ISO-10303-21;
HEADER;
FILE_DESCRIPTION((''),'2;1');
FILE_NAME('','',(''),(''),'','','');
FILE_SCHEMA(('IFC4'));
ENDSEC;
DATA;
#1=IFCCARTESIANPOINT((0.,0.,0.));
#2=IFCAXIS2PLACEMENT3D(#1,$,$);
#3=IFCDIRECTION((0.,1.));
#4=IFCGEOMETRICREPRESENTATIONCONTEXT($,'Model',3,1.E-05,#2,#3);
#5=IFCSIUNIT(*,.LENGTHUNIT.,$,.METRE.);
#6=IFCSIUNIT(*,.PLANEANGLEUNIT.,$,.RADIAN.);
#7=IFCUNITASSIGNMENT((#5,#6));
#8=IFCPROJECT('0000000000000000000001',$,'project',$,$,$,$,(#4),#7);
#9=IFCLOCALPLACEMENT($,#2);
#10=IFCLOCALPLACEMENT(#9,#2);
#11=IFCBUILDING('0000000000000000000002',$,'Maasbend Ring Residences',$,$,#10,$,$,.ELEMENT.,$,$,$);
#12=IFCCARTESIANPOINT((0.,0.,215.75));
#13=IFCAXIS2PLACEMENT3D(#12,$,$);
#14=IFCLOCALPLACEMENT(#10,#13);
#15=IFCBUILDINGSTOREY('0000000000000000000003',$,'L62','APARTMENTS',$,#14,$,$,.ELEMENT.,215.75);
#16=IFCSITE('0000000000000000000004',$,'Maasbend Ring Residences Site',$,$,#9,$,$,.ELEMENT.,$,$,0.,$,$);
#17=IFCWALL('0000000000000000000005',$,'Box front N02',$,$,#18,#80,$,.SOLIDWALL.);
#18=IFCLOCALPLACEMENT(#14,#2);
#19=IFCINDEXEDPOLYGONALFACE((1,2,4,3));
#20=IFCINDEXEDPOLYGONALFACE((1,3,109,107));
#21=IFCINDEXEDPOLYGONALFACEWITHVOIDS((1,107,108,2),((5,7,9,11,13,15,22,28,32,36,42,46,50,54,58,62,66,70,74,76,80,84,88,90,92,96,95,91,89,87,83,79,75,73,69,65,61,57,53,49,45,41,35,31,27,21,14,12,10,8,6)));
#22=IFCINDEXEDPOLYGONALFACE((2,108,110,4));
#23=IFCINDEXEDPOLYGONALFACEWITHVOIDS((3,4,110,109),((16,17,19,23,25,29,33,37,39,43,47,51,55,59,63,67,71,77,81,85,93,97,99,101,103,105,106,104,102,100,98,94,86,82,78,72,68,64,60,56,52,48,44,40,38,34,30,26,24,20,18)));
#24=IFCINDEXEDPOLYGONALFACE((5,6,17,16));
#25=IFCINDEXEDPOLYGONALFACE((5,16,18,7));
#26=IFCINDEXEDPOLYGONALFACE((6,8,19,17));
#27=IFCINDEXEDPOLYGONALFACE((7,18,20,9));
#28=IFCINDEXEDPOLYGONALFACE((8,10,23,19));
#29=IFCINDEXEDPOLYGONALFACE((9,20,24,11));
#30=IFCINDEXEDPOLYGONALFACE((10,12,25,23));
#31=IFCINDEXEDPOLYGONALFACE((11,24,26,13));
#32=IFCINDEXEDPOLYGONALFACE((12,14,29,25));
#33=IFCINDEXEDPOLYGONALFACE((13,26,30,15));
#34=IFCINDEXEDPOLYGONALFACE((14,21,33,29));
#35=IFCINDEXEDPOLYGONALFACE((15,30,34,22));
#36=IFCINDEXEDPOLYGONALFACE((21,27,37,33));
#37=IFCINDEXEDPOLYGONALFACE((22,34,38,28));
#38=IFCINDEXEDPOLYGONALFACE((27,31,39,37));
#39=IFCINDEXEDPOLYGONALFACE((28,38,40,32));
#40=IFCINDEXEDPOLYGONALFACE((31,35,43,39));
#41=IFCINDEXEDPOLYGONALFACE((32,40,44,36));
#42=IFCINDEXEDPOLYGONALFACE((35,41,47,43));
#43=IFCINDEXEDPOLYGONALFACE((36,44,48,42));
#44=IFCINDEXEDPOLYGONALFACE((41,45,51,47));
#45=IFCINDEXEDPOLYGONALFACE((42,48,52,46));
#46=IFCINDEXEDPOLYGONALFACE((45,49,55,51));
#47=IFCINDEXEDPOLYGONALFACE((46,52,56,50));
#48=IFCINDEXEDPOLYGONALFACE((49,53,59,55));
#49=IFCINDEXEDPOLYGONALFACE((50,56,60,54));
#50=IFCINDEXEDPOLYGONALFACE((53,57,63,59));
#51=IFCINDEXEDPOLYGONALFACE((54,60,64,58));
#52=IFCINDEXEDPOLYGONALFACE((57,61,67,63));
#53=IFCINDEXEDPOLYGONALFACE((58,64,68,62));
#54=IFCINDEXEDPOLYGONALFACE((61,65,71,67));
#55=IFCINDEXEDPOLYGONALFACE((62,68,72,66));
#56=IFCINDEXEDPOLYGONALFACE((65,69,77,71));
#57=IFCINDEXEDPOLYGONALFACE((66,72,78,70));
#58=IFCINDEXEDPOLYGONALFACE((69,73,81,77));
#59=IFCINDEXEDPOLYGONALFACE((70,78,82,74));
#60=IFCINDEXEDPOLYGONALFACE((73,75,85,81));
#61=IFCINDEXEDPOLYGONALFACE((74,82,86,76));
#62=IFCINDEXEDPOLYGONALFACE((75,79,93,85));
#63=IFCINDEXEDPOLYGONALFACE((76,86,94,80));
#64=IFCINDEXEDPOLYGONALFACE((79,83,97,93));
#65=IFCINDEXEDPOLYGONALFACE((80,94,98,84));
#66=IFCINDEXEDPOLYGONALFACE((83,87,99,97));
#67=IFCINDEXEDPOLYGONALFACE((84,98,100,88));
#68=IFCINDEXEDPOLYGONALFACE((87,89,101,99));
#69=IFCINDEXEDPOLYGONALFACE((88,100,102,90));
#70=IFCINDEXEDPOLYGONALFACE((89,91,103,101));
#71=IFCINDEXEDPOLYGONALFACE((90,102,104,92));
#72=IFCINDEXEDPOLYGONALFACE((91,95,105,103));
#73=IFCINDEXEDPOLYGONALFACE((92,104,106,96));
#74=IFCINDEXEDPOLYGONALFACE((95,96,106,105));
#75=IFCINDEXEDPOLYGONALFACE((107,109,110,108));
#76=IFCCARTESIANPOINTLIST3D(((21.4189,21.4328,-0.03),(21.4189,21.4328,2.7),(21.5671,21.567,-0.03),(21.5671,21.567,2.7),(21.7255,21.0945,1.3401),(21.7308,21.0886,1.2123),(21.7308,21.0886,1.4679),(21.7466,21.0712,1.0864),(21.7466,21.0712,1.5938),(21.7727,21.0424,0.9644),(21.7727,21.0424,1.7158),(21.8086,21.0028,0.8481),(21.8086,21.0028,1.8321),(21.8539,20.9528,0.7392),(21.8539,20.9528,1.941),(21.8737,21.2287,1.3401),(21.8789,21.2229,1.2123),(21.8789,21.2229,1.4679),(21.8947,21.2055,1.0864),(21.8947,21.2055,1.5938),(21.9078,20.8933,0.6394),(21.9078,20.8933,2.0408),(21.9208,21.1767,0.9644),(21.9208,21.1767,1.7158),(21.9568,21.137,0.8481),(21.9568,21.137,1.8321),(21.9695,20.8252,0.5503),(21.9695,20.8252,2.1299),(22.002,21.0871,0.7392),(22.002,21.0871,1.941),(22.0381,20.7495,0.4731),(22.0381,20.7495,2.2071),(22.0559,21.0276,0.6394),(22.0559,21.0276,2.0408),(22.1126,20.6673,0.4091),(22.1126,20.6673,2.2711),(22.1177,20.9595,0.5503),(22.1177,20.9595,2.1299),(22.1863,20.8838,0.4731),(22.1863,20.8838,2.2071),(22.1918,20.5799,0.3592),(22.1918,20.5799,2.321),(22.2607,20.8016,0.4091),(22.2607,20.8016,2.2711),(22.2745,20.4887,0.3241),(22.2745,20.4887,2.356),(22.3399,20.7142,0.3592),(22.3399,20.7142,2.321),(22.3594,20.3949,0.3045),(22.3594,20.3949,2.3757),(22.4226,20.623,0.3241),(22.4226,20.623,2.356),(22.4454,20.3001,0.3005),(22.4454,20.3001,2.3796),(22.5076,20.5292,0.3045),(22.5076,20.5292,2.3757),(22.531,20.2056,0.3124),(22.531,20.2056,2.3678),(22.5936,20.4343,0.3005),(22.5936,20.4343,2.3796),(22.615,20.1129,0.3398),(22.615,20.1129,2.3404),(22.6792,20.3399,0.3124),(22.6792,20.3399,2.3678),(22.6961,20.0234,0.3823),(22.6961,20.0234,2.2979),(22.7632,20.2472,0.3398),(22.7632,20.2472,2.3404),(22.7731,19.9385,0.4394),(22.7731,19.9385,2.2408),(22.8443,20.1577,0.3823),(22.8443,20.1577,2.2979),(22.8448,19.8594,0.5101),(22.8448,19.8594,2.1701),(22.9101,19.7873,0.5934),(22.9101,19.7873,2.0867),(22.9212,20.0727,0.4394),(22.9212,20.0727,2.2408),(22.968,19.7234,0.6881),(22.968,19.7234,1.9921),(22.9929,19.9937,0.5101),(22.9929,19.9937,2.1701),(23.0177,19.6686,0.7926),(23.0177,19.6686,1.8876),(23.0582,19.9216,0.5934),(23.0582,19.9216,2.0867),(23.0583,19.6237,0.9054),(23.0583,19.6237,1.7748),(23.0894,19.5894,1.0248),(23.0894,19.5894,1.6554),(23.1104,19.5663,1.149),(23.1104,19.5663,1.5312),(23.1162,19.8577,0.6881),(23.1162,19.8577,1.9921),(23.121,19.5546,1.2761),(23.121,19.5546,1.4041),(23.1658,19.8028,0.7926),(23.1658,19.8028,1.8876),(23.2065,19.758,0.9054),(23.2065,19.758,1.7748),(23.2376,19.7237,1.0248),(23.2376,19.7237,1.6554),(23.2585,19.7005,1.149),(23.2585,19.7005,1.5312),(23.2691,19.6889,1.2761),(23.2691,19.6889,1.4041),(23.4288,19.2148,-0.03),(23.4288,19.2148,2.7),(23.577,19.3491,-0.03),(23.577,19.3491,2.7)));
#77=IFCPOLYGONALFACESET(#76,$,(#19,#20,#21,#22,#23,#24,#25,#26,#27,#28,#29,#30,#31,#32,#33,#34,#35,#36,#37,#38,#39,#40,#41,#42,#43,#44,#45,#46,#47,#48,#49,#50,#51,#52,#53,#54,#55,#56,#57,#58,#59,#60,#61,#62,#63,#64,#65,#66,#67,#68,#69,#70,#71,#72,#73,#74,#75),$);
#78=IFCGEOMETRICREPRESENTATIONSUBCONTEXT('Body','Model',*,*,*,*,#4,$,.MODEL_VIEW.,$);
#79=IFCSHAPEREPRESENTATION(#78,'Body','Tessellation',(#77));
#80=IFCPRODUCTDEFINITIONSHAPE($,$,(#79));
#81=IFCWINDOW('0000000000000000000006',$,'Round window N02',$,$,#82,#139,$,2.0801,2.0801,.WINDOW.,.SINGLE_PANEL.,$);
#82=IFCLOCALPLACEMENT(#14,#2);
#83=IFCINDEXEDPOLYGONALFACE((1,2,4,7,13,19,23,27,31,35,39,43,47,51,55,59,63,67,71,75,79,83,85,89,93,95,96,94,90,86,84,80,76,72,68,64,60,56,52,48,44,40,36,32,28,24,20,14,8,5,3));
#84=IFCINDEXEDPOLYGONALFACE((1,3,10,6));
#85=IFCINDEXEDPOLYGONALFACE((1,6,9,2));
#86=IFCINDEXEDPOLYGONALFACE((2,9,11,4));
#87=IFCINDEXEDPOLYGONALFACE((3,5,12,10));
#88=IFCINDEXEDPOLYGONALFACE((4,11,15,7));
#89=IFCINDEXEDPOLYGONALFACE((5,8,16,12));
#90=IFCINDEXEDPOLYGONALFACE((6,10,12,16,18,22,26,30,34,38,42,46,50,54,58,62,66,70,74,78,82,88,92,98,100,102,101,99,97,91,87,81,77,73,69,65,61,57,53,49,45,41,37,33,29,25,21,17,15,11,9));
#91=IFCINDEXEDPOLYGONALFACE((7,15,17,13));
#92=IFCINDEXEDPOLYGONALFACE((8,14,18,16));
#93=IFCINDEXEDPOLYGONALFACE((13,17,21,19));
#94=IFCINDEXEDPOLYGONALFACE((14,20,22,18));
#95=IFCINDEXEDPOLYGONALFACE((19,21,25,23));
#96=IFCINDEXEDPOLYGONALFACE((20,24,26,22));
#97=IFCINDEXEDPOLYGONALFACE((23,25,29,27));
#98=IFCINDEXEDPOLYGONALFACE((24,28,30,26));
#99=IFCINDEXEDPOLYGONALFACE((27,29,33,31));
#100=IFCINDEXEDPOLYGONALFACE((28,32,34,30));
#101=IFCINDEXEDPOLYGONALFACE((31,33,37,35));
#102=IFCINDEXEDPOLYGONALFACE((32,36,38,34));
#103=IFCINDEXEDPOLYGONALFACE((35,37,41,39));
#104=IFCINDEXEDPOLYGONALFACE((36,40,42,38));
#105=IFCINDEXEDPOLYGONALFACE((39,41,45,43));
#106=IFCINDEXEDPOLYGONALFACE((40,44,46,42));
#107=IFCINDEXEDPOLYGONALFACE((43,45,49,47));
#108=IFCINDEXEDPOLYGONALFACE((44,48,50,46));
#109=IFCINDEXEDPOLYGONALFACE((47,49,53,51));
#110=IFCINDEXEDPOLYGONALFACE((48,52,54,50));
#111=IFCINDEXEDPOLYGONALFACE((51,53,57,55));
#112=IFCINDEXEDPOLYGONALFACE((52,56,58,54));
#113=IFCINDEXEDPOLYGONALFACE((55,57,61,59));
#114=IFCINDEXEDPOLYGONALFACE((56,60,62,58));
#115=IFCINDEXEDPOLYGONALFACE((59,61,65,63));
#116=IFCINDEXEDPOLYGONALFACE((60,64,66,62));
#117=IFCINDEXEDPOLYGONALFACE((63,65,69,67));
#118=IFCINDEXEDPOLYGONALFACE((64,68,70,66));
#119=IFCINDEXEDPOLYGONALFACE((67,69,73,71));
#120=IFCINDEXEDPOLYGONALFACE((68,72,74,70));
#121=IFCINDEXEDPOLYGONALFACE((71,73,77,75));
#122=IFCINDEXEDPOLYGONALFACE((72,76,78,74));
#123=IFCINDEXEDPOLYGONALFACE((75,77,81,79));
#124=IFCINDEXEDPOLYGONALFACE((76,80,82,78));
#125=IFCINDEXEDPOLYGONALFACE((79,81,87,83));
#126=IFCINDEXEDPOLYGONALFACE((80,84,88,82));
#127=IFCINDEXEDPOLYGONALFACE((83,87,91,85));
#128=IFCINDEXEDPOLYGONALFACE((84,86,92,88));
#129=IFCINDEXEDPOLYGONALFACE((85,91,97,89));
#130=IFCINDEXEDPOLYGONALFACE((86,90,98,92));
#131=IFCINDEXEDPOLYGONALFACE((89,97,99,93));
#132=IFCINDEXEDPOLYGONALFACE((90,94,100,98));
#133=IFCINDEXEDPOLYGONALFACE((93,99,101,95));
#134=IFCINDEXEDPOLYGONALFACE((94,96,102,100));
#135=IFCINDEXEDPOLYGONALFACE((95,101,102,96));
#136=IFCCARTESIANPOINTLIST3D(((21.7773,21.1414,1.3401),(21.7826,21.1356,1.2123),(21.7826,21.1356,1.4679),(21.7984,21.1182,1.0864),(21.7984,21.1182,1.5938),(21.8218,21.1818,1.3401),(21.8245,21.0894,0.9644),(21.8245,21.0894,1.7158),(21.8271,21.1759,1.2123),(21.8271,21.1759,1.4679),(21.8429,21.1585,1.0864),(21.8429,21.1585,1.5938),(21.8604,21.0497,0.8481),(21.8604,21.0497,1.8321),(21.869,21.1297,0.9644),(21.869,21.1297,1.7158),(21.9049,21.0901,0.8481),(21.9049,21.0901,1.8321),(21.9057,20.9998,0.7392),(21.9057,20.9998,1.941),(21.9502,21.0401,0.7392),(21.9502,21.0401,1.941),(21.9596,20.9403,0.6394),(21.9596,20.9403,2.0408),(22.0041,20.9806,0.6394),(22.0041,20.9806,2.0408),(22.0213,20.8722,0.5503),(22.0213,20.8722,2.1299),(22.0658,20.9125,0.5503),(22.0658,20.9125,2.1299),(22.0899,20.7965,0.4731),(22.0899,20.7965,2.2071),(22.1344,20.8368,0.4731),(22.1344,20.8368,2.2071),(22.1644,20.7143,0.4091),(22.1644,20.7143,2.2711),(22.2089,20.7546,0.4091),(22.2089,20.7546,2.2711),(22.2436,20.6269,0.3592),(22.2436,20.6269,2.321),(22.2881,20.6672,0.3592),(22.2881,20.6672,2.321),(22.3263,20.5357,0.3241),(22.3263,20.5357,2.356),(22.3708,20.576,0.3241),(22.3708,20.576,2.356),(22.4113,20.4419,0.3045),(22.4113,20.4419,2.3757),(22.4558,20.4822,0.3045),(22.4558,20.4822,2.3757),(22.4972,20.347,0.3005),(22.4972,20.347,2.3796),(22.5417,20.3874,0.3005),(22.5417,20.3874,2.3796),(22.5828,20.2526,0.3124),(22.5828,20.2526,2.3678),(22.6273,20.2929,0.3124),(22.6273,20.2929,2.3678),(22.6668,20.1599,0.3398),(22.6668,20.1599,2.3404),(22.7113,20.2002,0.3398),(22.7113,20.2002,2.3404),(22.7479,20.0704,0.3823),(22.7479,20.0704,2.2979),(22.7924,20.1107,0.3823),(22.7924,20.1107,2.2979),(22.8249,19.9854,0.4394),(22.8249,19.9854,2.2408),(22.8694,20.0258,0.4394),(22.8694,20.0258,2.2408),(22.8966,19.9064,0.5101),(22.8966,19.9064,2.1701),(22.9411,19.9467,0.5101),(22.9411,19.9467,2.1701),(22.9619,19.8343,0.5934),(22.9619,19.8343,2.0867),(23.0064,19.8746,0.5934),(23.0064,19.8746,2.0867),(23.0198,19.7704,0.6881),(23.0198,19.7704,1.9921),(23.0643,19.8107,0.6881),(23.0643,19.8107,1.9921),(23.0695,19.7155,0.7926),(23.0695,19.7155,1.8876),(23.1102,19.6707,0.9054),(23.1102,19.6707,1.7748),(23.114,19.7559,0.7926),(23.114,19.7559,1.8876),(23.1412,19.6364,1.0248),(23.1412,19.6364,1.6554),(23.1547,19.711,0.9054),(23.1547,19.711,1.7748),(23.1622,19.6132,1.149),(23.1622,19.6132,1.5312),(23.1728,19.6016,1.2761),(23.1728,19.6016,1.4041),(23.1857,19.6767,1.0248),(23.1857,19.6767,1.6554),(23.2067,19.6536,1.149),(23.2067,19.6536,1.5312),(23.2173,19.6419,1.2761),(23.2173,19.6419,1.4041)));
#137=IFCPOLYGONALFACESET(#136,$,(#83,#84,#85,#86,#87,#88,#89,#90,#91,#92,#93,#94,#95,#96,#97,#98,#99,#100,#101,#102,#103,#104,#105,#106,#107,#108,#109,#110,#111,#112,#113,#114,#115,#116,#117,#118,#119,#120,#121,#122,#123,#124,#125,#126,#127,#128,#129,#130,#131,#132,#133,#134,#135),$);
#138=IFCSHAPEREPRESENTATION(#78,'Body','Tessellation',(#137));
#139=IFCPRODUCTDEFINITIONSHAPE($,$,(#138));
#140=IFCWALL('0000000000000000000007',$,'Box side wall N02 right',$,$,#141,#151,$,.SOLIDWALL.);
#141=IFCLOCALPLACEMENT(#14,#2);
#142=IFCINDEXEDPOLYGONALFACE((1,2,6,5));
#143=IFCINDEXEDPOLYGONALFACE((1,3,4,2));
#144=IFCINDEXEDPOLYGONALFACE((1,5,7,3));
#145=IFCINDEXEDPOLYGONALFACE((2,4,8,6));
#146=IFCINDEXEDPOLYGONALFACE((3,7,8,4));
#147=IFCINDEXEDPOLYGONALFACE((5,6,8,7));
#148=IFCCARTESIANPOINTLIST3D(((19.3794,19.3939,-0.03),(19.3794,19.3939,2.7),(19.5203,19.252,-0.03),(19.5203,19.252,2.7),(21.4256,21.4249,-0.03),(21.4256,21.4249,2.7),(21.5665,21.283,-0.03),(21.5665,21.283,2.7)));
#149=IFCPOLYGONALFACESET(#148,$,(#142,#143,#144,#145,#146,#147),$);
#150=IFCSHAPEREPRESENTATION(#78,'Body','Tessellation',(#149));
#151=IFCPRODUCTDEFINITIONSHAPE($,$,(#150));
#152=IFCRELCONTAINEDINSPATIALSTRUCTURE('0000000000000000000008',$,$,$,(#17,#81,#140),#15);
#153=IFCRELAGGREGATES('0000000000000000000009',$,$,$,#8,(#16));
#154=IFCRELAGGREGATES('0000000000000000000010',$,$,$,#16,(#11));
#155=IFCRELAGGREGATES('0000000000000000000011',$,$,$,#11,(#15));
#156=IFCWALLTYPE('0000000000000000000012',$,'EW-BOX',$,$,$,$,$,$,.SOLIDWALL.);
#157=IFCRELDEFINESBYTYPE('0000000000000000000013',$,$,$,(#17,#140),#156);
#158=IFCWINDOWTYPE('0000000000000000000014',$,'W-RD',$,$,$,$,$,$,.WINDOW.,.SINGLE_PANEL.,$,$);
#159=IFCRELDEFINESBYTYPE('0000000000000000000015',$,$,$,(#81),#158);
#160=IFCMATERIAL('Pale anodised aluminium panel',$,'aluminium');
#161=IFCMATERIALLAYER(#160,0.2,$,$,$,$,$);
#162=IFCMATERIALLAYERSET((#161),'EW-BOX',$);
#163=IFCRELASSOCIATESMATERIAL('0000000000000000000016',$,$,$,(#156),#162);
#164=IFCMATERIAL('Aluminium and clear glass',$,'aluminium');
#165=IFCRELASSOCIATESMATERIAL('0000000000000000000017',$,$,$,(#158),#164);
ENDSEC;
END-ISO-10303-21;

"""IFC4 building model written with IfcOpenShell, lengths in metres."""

from ifc_helpers import new_model, si_unit, direction, frame, frame_2d, origin, place, context, subcontext, project, spatial, rectangle, circle, extrude, material, layer, layer_set, type_object, element, fill, save


model = new_model("IFC4")

# Units and contexts
model_context = context("Model", 3, precision=1e-05, world=origin(), true_north=direction((0.0, 1.0)))
body_context = subcontext(model_context, "Body", "Model", "MODEL_VIEW")
ifc_project = project(units=[si_unit("LENGTHUNIT", "METRE"), si_unit("PLANEANGLEUNIT", "RADIAN")], contexts=[model_context])

# Site, building, storey
site_placement = place(None, origin())
site = spatial("IfcSite", under=ifc_project, at=site_placement, Name="Maasbend Ring Residences Site", CompositionType="ELEMENT", RefElevation=0.0)
building_placement = place(site_placement, origin())
building = spatial("IfcBuilding", under=site, at=building_placement, Name="Maasbend Ring Residences", CompositionType="ELEMENT")
storey_placement = place(building_placement, frame((0.0, 0.0, 215.75)))
storey = spatial("IfcBuildingStorey", under=building, at=storey_placement, Name="L62", Description="APARTMENTS", CompositionType="ELEMENT", Elevation=215.75)

# Wall, opening, window
ifc_material_1 = material(Name="Pale anodised aluminium panel", Category="aluminium")
ifc_layer_1 = layer(ifc_material_1, 0.2)
ifc_layer_set_1 = layer_set([ifc_layer_1], Name="EW-BOX")
wall_type_1 = type_object("IfcWallType", Name="EW-BOX", PredefinedType="SOLIDWALL", material=ifc_layer_set_1)
wall_1_placement = place(storey_placement, frame((23.5029, 19.282, -0.03), z_axis=(0.0, 0.0, 1.0), x_axis=(-0.671507, 0.740998, 0.0)))
wall_1 = element("IfcWall", 1, at=wall_1_placement, inside=storey, type_object=wall_type_1, Name="Box front N02", PredefinedType="SOLIDWALL", context=body_context, shape_type="SweptSolid", body=[
    extrude(rectangle(XDim=2.9932, YDim=0.2, at=frame_2d((1.4966, 0.0))), origin(), (0.0, 0.0, 1.0), 2.73),
])
opening_1_placement = place(wall_1_placement, frame((0.4565, 0.0, 0.3301)))
opening_1 = element("IfcOpeningElement", 2, at=opening_1_placement, cuts=wall_1, PredefinedType="OPENING", context=body_context, shape_type="SweptSolid", body=[
    extrude(circle(Radius=1.04, at=frame_2d((1.04, 1.04))), frame((0.0, 0.1099, 0.0), z_axis=(0.0, -1.0, 0.0), x_axis=(1.0, 0.0, 0.0)), (0.0, 0.0, 1.0), 0.22),
])
ifc_material_2 = material(Name="Aluminium and clear glass", Category="aluminium")
window_type_1 = type_object("IfcWindowType", Name="W-RD", PartitioningType="SINGLE_PANEL", PredefinedType="WINDOW", material=ifc_material_2)
window_1_placement = place(opening_1_placement, origin())
window_1 = element("IfcWindow", 3, at=window_1_placement, inside=storey, type_object=window_type_1, Name="Round window N02", OverallHeight=2.0801, OverallWidth=2.0801, PartitioningType="SINGLE_PANEL", PredefinedType="WINDOW", context=body_context, shape_type="SweptSolid", body=[
    extrude(circle(Radius=1.04, at=frame_2d((1.04, 1.04))), frame((0.0, 0.03, 0.0), z_axis=(0.0, -1.0, 0.0), x_axis=(1.0, 0.0, 0.0)), (0.0, 0.0, 1.0), 0.0601),
])
fill(opening_1, window_1)

# Wall
wall_2_placement = place(storey_placement, frame((19.45, 19.323, -0.03), z_axis=(0.0, 0.0, 1.0), x_axis=(0.709727, 0.704477, 0.0)))
element("IfcWall", 4, at=wall_2_placement, inside=storey, type_object=wall_type_1, Name="Box side wall N02 right", PredefinedType="SOLIDWALL", context=body_context, shape_type="SweptSolid", body=[
    extrude(rectangle(XDim=2.8831, YDim=0.2, at=frame_2d((1.4414, 0.0))), origin(), (0.0, 0.0, 1.0), 2.73),
])

save(model, "model.ifc")
